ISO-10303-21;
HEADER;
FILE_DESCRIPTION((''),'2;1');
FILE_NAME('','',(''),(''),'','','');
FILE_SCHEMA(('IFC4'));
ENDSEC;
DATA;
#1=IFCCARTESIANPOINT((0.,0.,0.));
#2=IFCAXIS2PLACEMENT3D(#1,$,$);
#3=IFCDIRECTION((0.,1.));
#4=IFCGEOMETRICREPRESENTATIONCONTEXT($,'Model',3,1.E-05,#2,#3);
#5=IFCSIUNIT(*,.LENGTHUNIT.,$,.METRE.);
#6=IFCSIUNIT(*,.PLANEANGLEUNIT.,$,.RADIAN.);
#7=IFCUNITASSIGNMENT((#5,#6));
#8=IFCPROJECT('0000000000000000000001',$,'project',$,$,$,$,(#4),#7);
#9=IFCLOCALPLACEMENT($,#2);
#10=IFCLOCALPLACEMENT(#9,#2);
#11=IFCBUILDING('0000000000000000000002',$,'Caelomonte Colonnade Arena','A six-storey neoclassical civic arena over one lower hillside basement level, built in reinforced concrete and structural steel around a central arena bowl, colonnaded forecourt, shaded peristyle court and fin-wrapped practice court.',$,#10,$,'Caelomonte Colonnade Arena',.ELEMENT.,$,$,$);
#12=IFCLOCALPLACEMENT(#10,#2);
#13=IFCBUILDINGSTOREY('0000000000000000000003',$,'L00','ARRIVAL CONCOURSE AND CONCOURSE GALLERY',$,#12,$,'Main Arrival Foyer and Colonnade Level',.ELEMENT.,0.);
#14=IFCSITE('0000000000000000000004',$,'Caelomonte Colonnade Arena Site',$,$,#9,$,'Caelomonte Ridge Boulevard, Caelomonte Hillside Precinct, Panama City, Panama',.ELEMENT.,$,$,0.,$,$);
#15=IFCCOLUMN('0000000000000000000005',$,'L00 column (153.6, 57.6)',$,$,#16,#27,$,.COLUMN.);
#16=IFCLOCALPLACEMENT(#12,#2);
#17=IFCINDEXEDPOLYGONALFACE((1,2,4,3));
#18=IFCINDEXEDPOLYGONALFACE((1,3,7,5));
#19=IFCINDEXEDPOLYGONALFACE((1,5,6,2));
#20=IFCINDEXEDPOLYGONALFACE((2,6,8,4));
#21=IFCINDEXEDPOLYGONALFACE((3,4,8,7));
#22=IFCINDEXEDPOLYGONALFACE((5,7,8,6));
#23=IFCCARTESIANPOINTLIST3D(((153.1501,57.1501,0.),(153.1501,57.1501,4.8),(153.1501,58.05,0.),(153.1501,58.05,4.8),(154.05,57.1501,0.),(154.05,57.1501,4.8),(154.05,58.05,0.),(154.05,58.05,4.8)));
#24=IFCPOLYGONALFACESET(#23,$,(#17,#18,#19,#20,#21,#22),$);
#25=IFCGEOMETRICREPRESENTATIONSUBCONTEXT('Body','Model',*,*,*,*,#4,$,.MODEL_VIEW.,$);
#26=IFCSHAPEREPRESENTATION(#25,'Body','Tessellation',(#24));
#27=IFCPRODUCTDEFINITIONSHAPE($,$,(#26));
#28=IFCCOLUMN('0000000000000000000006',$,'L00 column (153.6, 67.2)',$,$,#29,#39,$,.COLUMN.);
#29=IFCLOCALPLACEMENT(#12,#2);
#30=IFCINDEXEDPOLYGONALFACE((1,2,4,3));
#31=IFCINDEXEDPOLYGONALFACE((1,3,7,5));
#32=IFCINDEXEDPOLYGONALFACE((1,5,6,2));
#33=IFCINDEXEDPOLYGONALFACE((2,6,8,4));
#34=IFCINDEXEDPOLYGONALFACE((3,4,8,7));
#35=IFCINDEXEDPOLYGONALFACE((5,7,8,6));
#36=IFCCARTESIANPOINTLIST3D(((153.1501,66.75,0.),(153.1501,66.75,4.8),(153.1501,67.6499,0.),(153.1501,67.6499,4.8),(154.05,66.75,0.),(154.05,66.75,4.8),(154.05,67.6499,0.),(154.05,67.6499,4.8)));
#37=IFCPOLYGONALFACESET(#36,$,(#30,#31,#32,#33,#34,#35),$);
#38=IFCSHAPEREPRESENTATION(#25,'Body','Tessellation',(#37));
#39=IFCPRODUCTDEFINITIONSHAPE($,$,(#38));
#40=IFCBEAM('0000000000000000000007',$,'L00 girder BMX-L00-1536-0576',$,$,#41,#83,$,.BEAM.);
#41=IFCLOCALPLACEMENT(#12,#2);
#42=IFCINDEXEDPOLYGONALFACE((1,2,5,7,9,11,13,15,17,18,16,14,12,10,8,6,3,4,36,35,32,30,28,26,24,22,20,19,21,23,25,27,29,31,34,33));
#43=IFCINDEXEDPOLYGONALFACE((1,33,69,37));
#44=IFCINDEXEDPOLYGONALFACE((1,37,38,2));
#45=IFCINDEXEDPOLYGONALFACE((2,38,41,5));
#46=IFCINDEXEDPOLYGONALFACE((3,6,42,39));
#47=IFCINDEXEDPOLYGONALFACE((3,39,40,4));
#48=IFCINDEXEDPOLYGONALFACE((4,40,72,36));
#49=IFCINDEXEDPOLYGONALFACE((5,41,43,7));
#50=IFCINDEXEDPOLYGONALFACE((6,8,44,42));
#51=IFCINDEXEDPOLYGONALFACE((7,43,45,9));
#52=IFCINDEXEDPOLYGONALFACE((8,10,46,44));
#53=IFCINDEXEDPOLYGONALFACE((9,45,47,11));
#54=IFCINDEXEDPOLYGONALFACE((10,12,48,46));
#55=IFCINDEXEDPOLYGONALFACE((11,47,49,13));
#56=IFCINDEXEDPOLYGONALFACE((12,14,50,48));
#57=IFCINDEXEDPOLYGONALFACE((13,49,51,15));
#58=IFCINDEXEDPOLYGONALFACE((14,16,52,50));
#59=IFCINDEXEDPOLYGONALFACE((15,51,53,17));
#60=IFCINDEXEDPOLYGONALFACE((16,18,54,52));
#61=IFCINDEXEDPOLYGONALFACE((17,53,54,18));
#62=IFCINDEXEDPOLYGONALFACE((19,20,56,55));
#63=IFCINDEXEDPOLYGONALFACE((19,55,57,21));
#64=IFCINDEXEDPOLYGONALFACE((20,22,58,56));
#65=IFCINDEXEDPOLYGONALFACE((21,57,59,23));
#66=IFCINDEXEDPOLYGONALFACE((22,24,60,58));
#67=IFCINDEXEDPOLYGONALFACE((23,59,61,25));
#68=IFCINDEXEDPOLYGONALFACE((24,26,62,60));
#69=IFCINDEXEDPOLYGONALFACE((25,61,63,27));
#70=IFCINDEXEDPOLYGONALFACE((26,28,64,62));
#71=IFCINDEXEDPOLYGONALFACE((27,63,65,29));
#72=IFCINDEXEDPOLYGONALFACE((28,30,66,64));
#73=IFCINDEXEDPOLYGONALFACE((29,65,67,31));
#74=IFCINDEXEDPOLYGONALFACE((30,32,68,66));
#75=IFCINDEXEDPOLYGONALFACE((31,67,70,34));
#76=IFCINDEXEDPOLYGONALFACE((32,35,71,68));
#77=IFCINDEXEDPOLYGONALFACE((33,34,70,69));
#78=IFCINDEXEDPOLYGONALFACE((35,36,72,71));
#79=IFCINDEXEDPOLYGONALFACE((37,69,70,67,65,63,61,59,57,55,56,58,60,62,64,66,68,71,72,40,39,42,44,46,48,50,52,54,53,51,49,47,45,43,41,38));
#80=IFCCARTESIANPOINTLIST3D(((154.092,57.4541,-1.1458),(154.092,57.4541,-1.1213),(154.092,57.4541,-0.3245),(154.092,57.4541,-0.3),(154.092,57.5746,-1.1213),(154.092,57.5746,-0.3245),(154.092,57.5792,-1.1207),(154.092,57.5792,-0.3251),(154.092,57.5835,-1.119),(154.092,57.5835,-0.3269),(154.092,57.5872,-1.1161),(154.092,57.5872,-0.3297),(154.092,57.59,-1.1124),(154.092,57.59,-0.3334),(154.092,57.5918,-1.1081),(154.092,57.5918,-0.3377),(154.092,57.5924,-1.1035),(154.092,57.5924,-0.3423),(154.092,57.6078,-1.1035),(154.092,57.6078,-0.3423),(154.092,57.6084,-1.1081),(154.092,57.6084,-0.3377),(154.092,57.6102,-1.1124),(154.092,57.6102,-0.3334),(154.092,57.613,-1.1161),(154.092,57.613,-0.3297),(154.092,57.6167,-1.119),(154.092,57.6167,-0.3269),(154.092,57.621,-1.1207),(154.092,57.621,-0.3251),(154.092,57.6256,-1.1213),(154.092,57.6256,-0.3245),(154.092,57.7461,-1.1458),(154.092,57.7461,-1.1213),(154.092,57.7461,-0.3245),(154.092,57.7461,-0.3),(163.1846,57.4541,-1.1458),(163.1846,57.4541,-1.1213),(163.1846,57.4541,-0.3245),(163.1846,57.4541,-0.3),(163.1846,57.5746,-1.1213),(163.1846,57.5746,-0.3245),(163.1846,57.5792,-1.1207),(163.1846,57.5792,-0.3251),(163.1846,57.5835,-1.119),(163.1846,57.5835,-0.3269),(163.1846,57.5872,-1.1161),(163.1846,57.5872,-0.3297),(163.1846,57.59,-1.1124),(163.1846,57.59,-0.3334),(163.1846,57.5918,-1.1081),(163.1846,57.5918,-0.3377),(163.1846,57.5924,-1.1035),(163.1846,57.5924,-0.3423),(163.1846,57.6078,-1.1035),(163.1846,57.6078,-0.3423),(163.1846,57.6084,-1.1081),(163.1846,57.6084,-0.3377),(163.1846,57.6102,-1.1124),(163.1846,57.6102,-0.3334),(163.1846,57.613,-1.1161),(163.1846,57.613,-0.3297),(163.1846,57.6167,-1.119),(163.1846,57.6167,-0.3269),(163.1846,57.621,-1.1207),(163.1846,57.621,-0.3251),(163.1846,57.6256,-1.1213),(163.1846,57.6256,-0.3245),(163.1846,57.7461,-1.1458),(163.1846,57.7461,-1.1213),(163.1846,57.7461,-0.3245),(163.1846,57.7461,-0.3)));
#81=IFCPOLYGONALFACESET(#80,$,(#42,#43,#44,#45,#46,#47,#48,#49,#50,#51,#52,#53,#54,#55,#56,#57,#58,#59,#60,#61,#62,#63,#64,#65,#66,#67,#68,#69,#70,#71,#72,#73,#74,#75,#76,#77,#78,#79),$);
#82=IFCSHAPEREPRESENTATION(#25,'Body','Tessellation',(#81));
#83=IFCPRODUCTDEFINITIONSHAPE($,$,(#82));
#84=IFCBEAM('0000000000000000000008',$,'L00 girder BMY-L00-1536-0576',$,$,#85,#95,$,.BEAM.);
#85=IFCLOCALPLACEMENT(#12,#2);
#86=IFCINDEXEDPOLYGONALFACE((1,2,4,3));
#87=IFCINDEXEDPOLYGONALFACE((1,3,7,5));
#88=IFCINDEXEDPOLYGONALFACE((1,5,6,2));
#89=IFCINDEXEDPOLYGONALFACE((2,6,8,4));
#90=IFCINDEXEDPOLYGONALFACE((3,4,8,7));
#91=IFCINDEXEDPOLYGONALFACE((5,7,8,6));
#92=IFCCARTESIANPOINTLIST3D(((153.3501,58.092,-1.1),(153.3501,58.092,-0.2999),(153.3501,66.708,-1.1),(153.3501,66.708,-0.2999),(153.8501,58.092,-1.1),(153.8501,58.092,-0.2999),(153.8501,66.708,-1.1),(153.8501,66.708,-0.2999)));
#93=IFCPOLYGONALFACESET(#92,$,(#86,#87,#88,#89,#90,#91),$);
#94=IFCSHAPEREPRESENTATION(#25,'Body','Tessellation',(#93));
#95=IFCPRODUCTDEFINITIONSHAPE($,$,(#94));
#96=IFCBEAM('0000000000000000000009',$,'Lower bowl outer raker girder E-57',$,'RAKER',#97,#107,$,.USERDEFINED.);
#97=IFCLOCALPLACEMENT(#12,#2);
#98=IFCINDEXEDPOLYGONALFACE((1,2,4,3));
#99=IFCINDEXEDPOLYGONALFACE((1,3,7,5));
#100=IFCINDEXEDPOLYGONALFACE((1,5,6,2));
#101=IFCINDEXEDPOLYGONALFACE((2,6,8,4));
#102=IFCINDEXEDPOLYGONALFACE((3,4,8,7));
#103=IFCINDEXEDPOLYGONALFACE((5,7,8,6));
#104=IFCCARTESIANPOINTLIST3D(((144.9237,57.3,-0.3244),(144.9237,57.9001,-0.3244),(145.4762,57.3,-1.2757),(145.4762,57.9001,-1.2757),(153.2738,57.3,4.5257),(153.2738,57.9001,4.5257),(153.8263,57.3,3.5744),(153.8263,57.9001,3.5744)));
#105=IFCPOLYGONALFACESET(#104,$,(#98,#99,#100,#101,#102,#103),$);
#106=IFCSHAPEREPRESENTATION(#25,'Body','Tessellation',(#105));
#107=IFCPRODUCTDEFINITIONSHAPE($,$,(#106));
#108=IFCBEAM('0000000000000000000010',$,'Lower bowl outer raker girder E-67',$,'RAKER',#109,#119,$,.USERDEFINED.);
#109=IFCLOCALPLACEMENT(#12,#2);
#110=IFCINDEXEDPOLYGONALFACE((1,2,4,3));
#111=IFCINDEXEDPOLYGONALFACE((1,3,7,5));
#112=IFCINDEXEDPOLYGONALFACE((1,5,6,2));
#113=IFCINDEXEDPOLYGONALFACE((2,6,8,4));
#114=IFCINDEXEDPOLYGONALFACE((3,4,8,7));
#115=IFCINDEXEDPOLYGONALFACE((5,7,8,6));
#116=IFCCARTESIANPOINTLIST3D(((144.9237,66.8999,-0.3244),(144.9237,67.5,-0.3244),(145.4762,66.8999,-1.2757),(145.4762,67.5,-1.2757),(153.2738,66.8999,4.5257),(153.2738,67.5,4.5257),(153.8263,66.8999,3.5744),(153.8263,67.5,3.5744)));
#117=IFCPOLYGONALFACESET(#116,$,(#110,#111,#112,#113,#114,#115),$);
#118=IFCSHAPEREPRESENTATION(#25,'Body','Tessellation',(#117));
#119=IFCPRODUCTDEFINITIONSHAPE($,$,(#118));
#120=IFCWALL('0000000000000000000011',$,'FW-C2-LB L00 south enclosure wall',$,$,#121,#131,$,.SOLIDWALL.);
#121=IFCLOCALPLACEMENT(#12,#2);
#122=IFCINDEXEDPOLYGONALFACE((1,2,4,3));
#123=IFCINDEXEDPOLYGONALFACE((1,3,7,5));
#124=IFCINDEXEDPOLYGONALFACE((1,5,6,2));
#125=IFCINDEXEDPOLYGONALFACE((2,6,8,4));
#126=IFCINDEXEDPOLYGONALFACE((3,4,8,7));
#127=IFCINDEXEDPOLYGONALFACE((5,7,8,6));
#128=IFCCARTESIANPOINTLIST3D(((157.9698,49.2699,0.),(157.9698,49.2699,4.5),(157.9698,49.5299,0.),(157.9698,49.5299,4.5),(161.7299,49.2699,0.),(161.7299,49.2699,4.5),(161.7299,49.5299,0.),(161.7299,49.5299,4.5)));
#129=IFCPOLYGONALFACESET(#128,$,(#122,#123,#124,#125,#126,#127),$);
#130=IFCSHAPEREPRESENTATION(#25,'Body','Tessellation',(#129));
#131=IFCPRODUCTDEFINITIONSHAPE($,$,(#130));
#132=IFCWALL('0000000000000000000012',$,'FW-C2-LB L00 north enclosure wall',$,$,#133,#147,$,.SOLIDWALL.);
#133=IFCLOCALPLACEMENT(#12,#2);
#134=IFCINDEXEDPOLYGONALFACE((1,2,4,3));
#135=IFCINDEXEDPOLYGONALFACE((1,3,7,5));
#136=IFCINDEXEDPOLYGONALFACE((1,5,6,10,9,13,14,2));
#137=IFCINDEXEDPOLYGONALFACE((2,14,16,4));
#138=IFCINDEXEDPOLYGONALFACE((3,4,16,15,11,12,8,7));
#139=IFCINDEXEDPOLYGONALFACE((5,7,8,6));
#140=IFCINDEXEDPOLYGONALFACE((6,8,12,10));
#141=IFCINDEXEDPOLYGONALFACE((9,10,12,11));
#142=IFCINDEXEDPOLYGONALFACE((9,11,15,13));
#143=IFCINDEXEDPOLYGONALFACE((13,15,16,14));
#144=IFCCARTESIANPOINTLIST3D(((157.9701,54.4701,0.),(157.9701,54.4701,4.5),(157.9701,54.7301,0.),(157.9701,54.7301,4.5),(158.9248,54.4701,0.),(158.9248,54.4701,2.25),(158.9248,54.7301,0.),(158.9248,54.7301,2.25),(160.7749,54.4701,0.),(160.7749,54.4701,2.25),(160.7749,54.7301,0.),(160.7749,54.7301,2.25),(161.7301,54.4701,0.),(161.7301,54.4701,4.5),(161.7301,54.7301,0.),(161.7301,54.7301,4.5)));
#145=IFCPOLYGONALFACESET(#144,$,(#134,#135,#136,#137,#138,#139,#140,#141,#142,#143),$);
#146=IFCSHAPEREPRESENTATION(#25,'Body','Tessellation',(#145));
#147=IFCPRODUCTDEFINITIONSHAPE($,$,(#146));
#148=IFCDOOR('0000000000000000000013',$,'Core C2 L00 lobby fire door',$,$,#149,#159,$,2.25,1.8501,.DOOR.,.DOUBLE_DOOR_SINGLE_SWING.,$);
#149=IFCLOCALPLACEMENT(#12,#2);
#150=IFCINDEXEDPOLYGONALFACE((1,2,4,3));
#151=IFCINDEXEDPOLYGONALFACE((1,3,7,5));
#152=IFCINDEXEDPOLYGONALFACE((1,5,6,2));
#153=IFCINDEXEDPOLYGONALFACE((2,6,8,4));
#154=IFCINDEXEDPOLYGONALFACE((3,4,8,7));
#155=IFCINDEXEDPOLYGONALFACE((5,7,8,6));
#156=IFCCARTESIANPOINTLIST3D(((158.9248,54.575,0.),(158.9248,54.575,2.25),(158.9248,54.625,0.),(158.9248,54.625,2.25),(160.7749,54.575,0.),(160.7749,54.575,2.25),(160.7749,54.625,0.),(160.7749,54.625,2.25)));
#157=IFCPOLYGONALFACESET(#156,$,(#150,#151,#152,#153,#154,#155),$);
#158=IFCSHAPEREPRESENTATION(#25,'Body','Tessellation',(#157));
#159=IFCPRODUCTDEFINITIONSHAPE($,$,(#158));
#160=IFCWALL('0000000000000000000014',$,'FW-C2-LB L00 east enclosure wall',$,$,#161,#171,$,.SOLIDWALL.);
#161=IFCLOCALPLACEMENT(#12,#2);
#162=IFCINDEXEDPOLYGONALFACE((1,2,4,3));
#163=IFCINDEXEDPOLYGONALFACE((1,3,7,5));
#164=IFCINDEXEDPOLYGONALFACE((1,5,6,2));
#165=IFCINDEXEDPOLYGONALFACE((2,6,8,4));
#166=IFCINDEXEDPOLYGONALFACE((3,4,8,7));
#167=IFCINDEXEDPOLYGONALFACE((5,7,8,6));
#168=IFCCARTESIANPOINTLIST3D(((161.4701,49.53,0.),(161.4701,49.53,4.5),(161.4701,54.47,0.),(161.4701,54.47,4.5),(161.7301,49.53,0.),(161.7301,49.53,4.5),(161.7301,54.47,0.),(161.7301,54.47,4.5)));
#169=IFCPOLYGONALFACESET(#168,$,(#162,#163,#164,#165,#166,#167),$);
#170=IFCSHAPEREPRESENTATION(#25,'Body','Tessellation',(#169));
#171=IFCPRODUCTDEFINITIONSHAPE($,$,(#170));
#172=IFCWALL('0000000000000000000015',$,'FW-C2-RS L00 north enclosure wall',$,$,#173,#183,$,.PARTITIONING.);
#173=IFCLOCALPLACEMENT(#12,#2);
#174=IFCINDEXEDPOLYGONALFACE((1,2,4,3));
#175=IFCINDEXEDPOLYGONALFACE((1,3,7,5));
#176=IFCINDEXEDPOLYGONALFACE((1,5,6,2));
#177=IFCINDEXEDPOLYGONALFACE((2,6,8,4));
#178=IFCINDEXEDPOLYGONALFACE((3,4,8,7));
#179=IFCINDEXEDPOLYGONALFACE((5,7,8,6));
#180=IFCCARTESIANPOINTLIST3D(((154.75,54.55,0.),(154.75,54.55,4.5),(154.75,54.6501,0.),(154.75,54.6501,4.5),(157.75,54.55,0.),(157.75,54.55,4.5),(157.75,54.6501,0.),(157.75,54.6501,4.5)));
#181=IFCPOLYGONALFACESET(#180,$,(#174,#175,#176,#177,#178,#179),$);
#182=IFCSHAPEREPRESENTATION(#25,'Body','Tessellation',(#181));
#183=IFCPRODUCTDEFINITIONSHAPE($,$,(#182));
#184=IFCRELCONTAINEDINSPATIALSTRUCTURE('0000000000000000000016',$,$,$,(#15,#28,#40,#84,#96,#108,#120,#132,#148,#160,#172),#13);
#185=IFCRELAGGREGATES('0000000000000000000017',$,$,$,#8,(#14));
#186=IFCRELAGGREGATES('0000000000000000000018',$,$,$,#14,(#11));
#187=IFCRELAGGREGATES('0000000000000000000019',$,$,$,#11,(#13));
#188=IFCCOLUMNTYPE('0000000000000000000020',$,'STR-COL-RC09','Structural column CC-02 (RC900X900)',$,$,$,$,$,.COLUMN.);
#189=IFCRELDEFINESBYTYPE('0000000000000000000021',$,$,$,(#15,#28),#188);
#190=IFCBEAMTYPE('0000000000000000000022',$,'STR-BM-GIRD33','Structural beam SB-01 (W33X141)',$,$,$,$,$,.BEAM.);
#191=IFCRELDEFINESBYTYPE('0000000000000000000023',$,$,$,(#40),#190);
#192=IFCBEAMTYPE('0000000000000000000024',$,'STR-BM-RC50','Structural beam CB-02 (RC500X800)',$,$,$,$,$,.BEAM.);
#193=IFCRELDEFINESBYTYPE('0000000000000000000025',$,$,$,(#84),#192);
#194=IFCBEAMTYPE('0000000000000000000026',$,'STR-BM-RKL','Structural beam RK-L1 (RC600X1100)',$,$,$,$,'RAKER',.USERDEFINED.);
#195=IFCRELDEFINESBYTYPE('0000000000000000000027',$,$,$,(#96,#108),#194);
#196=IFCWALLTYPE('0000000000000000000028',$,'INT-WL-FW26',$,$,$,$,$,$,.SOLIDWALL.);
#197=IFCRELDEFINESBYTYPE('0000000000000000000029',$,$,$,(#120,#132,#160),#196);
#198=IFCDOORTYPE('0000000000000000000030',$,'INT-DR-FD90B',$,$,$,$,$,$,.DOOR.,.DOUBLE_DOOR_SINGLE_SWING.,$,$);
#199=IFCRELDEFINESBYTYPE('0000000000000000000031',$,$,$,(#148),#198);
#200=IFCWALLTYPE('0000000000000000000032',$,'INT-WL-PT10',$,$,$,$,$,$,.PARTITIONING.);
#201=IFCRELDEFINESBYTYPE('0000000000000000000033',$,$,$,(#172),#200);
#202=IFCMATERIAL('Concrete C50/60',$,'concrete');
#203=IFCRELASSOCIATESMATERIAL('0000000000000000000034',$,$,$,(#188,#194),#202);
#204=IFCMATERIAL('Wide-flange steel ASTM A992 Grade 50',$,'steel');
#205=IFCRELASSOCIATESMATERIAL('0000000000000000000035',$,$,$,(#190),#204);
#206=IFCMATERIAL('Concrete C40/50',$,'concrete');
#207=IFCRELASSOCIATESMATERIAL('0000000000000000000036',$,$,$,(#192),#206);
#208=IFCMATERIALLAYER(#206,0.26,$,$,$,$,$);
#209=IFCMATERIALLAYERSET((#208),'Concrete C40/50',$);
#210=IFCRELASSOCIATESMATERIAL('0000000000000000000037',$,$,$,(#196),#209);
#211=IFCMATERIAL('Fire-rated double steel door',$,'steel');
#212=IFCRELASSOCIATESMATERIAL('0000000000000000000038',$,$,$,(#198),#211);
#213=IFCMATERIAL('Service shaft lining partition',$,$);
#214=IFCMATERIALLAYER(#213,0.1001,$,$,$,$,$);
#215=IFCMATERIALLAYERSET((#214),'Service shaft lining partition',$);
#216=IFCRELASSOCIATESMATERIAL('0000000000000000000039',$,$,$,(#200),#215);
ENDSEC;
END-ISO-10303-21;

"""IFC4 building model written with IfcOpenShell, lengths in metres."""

from ifc_helpers import new_model, si_unit, direction, frame, frame_2d, origin, origin_2d, place, context, subcontext, project, spatial, rectangle, i_section, extrude, material, layer, layer_set, material_profile, profile_set, type_object, element, fill, save


model = new_model("IFC4")

# Units and contexts
model_context = context("Model", 3, precision=1e-05, world=origin(), true_north=direction((0.0, 1.0)))
body_context = subcontext(model_context, "Body", "Model", "MODEL_VIEW")
ifc_project = project(units=[si_unit("LENGTHUNIT", "METRE"), si_unit("PLANEANGLEUNIT", "RADIAN")], contexts=[model_context])

# Site, building, storey
site_placement = place(None, origin())
site = spatial("IfcSite", under=ifc_project, at=site_placement, Name="Caelomonte Colonnade Arena Site", LongName="Caelomonte Ridge Boulevard, Caelomonte Hillside Precinct, Panama City, Panama", CompositionType="ELEMENT", RefElevation=0.0)
building_placement = place(site_placement, origin())
building = spatial("IfcBuilding", under=site, at=building_placement, Name="Caelomonte Colonnade Arena", Description="A six-storey neoclassical civic arena over one lower hillside basement level, built in reinforced concrete and structural steel around a central arena bowl, colonnaded forecourt, shaded peristyle court and fin-wrapped practice court.", LongName="Caelomonte Colonnade Arena", CompositionType="ELEMENT")
storey_placement = place(building_placement, origin())
storey = spatial("IfcBuildingStorey", under=building, at=storey_placement, Name="L00", Description="ARRIVAL CONCOURSE AND CONCOURSE GALLERY", LongName="Main Arrival Foyer and Colonnade Level", CompositionType="ELEMENT", Elevation=0.0)

# Columns
ifc_material_1 = material(Name="Concrete C50/60", Category="concrete")
ifc_material_profile_1 = material_profile(ifc_material_1, rectangle(XDim=0.8999, YDim=0.8999, at=origin_2d()), Name="RC900X900")
ifc_profile_set_1 = profile_set([ifc_material_profile_1], Name="Concrete C50/60")
column_type = type_object("IfcColumnType", Name="STR-COL-RC09", Description="Structural column CC-02 (RC900X900)", PredefinedType="COLUMN", material=ifc_profile_set_1)
for number, where, z_axis, x_axis, name in (
    (1, (153.6001, 57.6001, 0.0), (0.0, 0.0, 1.0), (1.0, 0.0, 0.0), "L00 column (153.6, 57.6)"),
    (2, (153.6001, 67.2, 0.0), (0.0, 0.0, 1.0), (1.0, 0.0, 0.0), "L00 column (153.6, 67.2)"),
):
    element("IfcColumn", number, at=place(storey_placement, frame(where, z_axis=z_axis, x_axis=x_axis)), inside=storey, type_object=column_type, Name=name, PredefinedType="COLUMN", context=body_context, shape_type="SweptSolid", body=[
        extrude(rectangle(XDim=0.8999, YDim=0.8999, at=origin_2d()), origin(), (0.0, 0.0, 1.0), 4.8),
    ])

# Beams
ifc_material_2 = material(Name="Wide-flange steel ASTM A992 Grade 50", Category="steel")
ifc_material_profile_2 = material_profile(ifc_material_2, i_section(OverallWidth=0.292, OverallDepth=0.8457, WebThickness=0.0154, FlangeThickness=0.0244, FilletRadius=0.0178, at=origin_2d()), Name="W33X141")
ifc_profile_set_2 = profile_set([ifc_material_profile_2], Name="Wide-flange steel ASTM A992 Grade 50")
beam_type_1 = type_object("IfcBeamType", Name="STR-BM-GIRD33", Description="Structural beam SB-01 (W33X141)", PredefinedType="BEAM", material=ifc_profile_set_2)
beam_1_placement = place(storey_placement, frame((154.092, 57.6001, -0.7229), z_axis=(1.0, 0.0, 0.0), x_axis=(0.0, 1.0, 0.0)))
element("IfcBeam", 3, at=beam_1_placement, inside=storey, type_object=beam_type_1, Name="L00 girder BMX-L00-1536-0576", PredefinedType="BEAM", context=body_context, shape_type="SweptSolid", body=[
    extrude(i_section(OverallWidth=0.292, OverallDepth=0.8457, WebThickness=0.0154, FlangeThickness=0.0244, FilletRadius=0.0178, at=origin_2d()), origin(), (0.0, 0.0, 1.0), 9.0925),
])
ifc_material_3 = material(Name="Concrete C40/50", Category="concrete")
ifc_material_profile_3 = material_profile(ifc_material_3, rectangle(XDim=0.5, YDim=0.8, at=origin_2d()), Name="RC500X800")
ifc_profile_set_3 = profile_set([ifc_material_profile_3], Name="Concrete C40/50")
beam_type_2 = type_object("IfcBeamType", Name="STR-BM-RC50", Description="Structural beam CB-02 (RC500X800)", PredefinedType="BEAM", material=ifc_profile_set_3)
beam_2_placement = place(storey_placement, frame((153.6001, 58.092, -0.7), z_axis=(0.0, 1.0, 0.0), x_axis=(-1.0, 0.0, 0.0)))
element("IfcBeam", 4, at=beam_2_placement, inside=storey, type_object=beam_type_2, Name="L00 girder BMY-L00-1536-0576", PredefinedType="BEAM", context=body_context, shape_type="SweptSolid", body=[
    extrude(rectangle(XDim=0.5, YDim=0.8, at=origin_2d()), origin(), (0.0, 0.0, 1.0), 8.616),
])
ifc_material_profile_4 = material_profile(ifc_material_1, rectangle(XDim=0.6001, YDim=1.1001, at=origin_2d()), Name="RC600X1100")
ifc_profile_set_4 = profile_set([ifc_material_profile_4], Name="Concrete C50/60")
beam_type_3 = type_object("IfcBeamType", Name="STR-BM-RKL", Description="Structural beam RK-L1 (RC600X1100)", ElementType="RAKER", PredefinedType="USERDEFINED", material=ifc_profile_set_4)
for number, where, z_axis, x_axis, name in (
    (5, (145.2, 57.6001, -0.8), (0.864715, 0.0, 0.502264), (0.0, 1.0, 0.0), "Lower bowl outer raker girder E-57"),
    (6, (145.2, 67.2, -0.8), (0.864715, 0.0, 0.502264), (0.0, 1.0, 0.0), "Lower bowl outer raker girder E-67"),
):
    element("IfcBeam", number, at=place(storey_placement, frame(where, z_axis=z_axis, x_axis=x_axis)), inside=storey, type_object=beam_type_3, Name=name, ObjectType="RAKER", PredefinedType="USERDEFINED", context=body_context, shape_type="SweptSolid", body=[
        extrude(rectangle(XDim=0.6001, YDim=1.1001, at=origin_2d()), origin(), (0.0, 0.0, 1.0), 9.6565),
    ])

# Wall
ifc_layer_1 = layer(ifc_material_3, 0.26)
ifc_layer_set_1 = layer_set([ifc_layer_1], Name="Concrete C40/50")
wall_type_1 = type_object("IfcWallType", Name="INT-WL-FW26", PredefinedType="SOLIDWALL", material=ifc_layer_set_1)
wall_1_placement = place(storey_placement, frame((157.97, 49.3999, 0.0), z_axis=(0.0, 0.0, 1.0), x_axis=(1.0, 0.0, 0.0)))
element("IfcWall", 7, at=wall_1_placement, inside=storey, type_object=wall_type_1, Name="FW-C2-LB L00 south enclosure wall", PredefinedType="SOLIDWALL", context=body_context, shape_type="SweptSolid", body=[
    extrude(rectangle(XDim=3.76, YDim=0.26, at=frame_2d((1.8799, 0.0))), origin(), (0.0, 0.0, 1.0), 4.5),
])

# Wall, opening, door
wall_2_placement = place(storey_placement, frame((161.73, 54.6001, 0.0), z_axis=(0.0, 0.0, 1.0), x_axis=(-1.0, 0.0, 0.0)))
wall_2 = element("IfcWall", 8, at=wall_2_placement, inside=storey, type_object=wall_type_1, Name="FW-C2-LB L00 north enclosure wall", PredefinedType="SOLIDWALL", context=body_context, shape_type="SweptSolid", body=[
    extrude(rectangle(XDim=3.76, YDim=0.26, at=frame_2d((1.8799, 0.0))), origin(), (0.0, 0.0, 1.0), 4.5),
])
opening_1_placement = place(wall_2_placement, frame((2.8052, 0.0, 0.0), z_axis=(0.0, 0.0, 1.0), x_axis=(-1.0, 0.0, 0.0)))
opening_1 = element("IfcOpeningElement", 9, at=opening_1_placement, cuts=wall_2, PredefinedType="OPENING", context=body_context, shape_type="SweptSolid", body=[
    extrude(rectangle(XDim=1.8501, YDim=2.25, at=frame_2d((0.925, 1.125))), frame((0.0, 0.1399, 0.0), z_axis=(0.0, -1.0, 0.0), x_axis=(1.0, 0.0, 0.0)), (0.0, 0.0, 1.0), 0.28),
])
ifc_material_4 = material(Name="Fire-rated double steel door", Category="steel")
door_type_1 = type_object("IfcDoorType", Name="INT-DR-FD90B", OperationType="DOUBLE_DOOR_SINGLE_SWING", PredefinedType="DOOR", material=ifc_material_4)
door_1_placement = place(opening_1_placement, origin())
door_1 = element("IfcDoor", 10, at=door_1_placement, inside=storey, type_object=door_type_1, Name="Core C2 L00 lobby fire door", OperationType="DOUBLE_DOOR_SINGLE_SWING", OverallHeight=2.25, OverallWidth=1.8501, PredefinedType="DOOR", context=body_context, shape_type="SweptSolid", body=[
    extrude(rectangle(XDim=1.8501, YDim=2.25, at=frame_2d((0.925, 1.125))), frame((0.0, 0.0249, 0.0), z_axis=(0.0, -1.0, 0.0), x_axis=(1.0, 0.0, 0.0)), (0.0, 0.0, 1.0), 0.05),
])
fill(opening_1, door_1)

# Walls
wall_3_placement = place(storey_placement, frame((161.6001, 49.53, 0.0), z_axis=(0.0, 0.0, 1.0), x_axis=(0.0, 1.0, 0.0)))
element("IfcWall", 11, at=wall_3_placement, inside=storey, type_object=wall_type_1, Name="FW-C2-LB L00 east enclosure wall", PredefinedType="SOLIDWALL", context=body_context, shape_type="SweptSolid", body=[
    extrude(rectangle(XDim=4.9399, YDim=0.26, at=frame_2d((2.47, 0.0))), origin(), (0.0, 0.0, 1.0), 4.5),
])
ifc_material_5 = material(Name="Service shaft lining partition")
ifc_layer_2 = layer(ifc_material_5, 0.1001)
ifc_layer_set_2 = layer_set([ifc_layer_2], Name="Service shaft lining partition")
wall_type_2 = type_object("IfcWallType", Name="INT-WL-PT10", PredefinedType="PARTITIONING", material=ifc_layer_set_2)
wall_4_placement = place(storey_placement, frame((157.75, 54.6001, 0.0), z_axis=(0.0, 0.0, 1.0), x_axis=(-1.0, 0.0, 0.0)))
element("IfcWall", 12, at=wall_4_placement, inside=storey, type_object=wall_type_2, Name="FW-C2-RS L00 north enclosure wall", PredefinedType="PARTITIONING", context=body_context, shape_type="SweptSolid", body=[
    extrude(rectangle(XDim=3.0, YDim=0.1001, at=frame_2d((1.5, 0.0))), origin(), (0.0, 0.0, 1.0), 4.5),
])

save(model, "model.ifc")
